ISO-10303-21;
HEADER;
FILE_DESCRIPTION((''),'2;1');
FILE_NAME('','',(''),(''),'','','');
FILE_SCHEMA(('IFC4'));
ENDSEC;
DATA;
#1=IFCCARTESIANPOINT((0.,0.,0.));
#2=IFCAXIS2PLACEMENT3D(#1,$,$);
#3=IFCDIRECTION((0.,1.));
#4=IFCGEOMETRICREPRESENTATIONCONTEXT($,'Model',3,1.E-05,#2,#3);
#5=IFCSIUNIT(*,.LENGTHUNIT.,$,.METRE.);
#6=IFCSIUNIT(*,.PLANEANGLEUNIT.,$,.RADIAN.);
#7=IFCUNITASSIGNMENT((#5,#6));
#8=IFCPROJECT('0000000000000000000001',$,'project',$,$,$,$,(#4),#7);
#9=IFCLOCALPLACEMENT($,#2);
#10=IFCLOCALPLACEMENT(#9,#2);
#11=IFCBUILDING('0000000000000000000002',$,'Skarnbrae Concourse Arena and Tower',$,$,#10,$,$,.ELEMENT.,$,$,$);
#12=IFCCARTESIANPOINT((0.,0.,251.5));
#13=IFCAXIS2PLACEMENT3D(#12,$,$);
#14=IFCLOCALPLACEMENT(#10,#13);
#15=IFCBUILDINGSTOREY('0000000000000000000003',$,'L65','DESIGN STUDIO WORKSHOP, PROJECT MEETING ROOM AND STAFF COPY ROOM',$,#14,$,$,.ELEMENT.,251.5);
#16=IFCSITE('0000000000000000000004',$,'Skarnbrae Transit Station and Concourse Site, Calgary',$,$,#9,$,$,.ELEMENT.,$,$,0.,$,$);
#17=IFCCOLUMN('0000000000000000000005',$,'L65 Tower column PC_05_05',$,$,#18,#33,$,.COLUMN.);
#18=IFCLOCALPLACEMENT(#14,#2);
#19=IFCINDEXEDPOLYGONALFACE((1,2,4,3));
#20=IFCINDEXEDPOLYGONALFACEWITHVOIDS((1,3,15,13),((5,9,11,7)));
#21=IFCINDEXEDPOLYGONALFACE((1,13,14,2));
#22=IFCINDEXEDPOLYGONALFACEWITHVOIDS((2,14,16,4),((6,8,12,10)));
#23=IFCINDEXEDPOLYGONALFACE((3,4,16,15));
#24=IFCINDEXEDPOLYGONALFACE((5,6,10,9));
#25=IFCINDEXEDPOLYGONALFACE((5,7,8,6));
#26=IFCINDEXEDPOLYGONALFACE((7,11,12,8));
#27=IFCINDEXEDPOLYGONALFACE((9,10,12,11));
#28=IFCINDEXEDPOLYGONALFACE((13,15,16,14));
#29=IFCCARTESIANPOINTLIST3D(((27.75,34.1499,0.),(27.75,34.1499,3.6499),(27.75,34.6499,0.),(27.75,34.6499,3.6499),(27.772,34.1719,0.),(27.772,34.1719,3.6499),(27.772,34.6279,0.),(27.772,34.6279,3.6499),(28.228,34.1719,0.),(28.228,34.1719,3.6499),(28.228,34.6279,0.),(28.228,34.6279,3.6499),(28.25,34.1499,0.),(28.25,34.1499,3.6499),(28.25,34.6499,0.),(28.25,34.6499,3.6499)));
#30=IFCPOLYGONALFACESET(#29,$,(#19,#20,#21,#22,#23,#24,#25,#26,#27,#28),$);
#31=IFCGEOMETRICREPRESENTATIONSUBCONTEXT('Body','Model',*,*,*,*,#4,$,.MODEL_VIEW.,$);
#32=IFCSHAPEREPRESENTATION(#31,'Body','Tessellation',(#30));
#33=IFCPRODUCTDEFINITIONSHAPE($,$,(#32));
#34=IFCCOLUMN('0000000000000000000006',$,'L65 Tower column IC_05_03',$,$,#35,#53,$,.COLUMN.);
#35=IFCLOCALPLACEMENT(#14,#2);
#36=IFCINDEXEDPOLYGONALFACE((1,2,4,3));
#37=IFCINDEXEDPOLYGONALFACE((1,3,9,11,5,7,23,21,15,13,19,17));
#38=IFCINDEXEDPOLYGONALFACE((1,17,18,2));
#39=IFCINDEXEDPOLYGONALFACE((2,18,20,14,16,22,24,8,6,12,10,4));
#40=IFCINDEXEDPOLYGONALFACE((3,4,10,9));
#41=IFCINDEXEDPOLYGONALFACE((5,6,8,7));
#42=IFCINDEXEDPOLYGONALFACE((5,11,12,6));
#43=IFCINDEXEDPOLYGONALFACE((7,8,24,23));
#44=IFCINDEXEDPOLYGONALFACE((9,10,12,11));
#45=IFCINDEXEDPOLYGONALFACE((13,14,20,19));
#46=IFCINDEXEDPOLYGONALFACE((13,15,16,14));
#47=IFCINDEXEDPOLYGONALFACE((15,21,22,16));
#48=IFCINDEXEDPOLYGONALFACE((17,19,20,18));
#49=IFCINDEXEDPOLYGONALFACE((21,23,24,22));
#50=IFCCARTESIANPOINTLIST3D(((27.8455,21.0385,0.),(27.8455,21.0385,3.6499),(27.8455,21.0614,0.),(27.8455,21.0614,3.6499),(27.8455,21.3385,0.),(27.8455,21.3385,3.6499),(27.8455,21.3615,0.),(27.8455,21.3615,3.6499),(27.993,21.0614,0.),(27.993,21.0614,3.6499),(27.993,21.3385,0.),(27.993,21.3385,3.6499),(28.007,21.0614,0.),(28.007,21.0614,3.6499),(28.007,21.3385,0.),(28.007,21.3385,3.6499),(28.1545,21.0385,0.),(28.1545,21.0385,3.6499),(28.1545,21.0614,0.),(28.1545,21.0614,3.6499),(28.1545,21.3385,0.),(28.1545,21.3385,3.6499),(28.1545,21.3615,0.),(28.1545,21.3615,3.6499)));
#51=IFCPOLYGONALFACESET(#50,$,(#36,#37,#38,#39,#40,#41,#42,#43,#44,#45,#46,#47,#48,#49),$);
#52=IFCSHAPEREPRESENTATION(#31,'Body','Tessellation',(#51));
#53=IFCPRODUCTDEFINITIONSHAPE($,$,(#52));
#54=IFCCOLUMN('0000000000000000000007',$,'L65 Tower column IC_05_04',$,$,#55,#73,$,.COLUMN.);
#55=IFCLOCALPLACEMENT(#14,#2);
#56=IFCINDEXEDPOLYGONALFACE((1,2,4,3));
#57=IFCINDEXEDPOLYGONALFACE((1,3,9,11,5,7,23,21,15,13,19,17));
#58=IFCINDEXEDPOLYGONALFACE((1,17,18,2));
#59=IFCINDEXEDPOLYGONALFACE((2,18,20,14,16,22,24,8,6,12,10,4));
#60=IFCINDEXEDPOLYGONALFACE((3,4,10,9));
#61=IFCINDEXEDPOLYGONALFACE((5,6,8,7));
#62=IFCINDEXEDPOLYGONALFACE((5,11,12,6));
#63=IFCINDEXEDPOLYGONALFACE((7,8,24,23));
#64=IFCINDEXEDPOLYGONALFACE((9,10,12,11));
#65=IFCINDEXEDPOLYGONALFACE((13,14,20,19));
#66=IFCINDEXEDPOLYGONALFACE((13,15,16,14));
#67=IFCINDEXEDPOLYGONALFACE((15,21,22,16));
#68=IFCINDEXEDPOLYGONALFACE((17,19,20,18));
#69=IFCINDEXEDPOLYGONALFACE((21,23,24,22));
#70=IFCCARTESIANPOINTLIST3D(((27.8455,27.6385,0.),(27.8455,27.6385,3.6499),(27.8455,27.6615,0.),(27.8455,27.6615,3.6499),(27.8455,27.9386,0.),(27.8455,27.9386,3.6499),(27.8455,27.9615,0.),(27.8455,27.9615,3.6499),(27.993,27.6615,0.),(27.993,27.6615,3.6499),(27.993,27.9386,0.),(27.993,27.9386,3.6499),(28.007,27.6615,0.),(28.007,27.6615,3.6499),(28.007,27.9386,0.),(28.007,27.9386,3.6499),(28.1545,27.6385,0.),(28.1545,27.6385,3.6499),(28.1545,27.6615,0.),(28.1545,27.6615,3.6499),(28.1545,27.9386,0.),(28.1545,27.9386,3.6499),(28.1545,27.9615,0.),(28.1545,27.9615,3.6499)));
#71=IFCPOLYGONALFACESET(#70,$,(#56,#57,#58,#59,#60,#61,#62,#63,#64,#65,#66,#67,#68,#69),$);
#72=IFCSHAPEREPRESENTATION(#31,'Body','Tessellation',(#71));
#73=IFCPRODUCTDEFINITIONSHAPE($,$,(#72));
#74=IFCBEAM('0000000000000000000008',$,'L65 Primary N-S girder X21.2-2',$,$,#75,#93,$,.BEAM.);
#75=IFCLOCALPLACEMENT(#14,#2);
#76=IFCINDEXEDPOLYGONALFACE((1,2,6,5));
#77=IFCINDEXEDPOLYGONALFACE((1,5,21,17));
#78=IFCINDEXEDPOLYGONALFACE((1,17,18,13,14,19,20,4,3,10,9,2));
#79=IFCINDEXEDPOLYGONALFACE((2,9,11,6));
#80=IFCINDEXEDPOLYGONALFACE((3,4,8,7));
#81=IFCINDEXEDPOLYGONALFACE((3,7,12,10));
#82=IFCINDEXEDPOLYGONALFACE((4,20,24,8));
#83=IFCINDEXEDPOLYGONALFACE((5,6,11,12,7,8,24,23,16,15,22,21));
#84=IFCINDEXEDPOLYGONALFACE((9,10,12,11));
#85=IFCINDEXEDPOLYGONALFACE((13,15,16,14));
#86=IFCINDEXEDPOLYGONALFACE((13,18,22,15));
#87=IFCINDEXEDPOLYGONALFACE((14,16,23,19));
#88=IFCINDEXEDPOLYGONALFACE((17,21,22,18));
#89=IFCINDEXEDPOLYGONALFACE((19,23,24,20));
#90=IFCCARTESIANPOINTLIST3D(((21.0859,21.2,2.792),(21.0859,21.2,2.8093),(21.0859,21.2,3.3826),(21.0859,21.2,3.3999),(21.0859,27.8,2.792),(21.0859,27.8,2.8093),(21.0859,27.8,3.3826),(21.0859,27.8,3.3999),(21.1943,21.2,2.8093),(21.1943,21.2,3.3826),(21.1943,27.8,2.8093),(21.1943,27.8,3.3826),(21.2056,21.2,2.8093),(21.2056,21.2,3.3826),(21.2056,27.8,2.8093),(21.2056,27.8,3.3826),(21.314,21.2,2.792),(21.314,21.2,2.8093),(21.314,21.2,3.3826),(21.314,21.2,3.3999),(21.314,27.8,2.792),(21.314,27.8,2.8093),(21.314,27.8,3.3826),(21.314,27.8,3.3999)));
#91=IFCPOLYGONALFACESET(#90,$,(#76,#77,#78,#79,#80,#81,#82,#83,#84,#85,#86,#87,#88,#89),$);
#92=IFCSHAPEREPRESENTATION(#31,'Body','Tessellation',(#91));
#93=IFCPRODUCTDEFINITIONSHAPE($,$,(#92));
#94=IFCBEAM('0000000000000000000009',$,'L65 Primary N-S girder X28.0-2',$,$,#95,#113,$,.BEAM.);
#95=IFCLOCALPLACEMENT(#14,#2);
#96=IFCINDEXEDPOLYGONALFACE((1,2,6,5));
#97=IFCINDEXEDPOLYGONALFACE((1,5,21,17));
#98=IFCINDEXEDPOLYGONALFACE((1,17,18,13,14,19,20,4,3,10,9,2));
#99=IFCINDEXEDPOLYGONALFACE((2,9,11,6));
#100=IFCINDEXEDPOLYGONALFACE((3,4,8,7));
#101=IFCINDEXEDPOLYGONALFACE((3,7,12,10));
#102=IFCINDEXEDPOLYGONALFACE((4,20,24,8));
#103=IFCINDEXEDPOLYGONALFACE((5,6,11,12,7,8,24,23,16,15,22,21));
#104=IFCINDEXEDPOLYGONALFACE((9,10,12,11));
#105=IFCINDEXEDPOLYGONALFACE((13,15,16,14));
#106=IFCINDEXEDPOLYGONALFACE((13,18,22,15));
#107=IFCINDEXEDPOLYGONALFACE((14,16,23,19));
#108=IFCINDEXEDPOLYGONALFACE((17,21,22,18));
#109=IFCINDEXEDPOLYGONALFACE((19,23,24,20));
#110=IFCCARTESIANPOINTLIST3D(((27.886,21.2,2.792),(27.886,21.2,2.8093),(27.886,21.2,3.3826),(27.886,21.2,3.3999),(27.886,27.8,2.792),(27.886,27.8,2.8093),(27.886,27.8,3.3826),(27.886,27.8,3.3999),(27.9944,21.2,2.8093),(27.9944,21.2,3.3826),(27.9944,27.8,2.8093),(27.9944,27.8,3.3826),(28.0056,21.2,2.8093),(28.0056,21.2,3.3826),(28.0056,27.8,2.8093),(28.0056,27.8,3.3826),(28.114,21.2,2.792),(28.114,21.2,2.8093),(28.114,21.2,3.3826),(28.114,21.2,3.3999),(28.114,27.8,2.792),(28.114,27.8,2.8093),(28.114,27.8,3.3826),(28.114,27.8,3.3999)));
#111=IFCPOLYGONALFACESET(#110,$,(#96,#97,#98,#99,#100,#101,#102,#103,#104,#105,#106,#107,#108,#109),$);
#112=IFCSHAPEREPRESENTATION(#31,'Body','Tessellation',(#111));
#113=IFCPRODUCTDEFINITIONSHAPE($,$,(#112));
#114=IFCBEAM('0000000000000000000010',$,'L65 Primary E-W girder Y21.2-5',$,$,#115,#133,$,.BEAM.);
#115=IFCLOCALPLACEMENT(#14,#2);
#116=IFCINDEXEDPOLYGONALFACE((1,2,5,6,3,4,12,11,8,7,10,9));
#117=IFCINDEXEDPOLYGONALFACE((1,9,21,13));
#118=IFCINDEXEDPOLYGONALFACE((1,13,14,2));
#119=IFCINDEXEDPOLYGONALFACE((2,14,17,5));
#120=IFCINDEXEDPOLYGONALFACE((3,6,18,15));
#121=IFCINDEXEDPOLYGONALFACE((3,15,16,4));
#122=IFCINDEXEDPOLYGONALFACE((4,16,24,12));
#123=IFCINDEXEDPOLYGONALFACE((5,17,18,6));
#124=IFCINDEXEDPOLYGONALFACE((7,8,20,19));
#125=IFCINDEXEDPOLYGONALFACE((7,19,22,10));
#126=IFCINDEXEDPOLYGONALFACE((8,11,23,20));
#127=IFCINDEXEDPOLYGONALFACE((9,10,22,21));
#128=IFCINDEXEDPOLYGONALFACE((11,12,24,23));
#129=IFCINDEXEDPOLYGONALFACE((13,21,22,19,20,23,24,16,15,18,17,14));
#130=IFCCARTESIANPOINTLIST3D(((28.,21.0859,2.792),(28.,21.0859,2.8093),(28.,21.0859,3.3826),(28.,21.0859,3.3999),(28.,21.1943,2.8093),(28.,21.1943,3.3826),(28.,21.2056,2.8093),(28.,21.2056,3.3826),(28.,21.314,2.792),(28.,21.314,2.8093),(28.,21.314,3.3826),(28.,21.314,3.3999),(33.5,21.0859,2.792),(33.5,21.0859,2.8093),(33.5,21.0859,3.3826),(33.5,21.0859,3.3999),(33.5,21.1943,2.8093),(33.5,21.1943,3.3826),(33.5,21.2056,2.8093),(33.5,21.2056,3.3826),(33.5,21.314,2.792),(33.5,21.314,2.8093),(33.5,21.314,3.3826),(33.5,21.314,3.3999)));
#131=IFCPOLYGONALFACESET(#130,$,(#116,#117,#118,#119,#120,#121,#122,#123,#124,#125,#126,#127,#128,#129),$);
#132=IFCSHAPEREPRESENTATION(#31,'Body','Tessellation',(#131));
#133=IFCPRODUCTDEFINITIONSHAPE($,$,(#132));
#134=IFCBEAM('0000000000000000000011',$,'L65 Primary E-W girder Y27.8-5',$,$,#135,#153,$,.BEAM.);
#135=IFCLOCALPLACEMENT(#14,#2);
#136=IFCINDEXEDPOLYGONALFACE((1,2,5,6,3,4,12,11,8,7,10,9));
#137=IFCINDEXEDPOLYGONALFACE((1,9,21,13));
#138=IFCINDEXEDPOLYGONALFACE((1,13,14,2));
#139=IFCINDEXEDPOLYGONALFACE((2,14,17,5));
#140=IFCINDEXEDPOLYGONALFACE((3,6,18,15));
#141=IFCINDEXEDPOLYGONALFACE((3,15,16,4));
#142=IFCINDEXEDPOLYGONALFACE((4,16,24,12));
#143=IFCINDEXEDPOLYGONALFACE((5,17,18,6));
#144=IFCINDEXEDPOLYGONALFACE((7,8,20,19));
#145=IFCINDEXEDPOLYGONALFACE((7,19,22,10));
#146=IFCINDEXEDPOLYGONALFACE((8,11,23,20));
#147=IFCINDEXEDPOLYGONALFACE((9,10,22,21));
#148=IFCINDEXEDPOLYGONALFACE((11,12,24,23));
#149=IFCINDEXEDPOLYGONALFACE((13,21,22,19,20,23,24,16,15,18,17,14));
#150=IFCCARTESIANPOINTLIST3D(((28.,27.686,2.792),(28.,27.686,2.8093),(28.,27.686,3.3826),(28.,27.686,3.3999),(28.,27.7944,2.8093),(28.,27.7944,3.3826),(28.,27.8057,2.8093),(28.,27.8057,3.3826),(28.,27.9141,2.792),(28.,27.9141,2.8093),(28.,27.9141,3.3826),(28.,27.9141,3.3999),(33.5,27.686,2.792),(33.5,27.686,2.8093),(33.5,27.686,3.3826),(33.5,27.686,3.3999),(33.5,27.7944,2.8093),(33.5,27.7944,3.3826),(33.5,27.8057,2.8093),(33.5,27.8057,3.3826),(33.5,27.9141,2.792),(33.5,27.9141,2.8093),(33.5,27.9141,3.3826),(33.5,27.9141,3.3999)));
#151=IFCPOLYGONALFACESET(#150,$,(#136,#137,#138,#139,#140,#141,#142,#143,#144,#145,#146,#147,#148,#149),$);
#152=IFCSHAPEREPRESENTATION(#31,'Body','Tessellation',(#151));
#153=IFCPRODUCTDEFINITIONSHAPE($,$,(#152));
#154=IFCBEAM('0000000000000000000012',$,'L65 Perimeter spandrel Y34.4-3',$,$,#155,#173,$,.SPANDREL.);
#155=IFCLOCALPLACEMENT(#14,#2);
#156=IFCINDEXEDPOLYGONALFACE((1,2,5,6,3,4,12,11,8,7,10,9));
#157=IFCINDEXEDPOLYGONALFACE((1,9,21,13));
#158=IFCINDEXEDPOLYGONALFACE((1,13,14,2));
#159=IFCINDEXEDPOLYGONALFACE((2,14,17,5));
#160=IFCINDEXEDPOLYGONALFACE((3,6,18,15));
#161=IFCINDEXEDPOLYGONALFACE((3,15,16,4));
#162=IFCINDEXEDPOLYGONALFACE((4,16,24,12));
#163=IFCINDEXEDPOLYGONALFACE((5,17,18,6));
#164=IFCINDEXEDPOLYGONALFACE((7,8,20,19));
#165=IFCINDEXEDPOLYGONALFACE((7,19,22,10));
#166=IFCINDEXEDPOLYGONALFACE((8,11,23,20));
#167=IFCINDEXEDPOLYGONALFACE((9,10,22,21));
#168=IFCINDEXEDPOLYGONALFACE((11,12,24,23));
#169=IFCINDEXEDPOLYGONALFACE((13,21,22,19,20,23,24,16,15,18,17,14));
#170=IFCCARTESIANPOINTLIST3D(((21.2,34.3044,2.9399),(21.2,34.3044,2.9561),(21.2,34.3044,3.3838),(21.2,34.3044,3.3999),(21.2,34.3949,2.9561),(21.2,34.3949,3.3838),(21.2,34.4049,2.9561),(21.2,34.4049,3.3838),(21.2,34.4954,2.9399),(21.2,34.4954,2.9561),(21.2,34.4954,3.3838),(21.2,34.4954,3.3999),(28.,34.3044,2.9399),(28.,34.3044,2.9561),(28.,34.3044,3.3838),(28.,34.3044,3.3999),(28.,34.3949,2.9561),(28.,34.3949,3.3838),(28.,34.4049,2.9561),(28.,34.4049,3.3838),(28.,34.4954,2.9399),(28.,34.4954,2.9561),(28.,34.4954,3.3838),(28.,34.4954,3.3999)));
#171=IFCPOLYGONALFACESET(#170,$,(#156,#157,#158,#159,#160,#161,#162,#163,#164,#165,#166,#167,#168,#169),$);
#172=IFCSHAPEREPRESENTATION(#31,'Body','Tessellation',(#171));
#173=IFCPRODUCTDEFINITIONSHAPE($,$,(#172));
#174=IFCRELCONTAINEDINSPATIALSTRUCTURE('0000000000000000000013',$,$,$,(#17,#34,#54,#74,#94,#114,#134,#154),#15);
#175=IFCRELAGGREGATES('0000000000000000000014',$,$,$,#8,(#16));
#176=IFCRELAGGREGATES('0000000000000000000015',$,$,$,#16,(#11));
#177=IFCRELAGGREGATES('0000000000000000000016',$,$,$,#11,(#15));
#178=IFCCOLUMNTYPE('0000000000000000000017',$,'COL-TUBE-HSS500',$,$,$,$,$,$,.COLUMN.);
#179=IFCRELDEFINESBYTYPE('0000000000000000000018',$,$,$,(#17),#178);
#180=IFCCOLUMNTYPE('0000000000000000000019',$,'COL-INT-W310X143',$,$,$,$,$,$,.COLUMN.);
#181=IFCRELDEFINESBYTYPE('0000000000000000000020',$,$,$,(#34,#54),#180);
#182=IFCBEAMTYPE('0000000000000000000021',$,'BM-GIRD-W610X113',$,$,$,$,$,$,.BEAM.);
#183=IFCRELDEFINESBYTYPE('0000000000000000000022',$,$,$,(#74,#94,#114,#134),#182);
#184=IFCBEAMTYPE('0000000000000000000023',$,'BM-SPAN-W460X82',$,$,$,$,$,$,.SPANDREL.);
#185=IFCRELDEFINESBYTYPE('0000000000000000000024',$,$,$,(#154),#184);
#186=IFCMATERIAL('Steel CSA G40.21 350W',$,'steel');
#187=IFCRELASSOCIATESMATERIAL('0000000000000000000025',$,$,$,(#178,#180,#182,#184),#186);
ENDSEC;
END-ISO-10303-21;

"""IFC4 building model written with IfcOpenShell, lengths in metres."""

from ifc_helpers import new_model, si_unit, direction, frame, origin, origin_2d, place, context, subcontext, project, spatial, hollow_rectangle, i_section, extrude, source, transform, mapped, material, material_profile, profile_set, type_object, element, save


model = new_model("IFC4")

# Units and contexts
model_context = context("Model", 3, precision=1e-05, world=origin(), true_north=direction((0.0, 1.0)))
body_context = subcontext(model_context, "Body", "Model", "MODEL_VIEW")
ifc_project = project(units=[si_unit("LENGTHUNIT", "METRE"), si_unit("PLANEANGLEUNIT", "RADIAN")], contexts=[model_context])

# Site, building, storey
site_placement = place(None, origin())
site = spatial("IfcSite", under=ifc_project, at=site_placement, Name="Skarnbrae Transit Station and Concourse Site, Calgary", CompositionType="ELEMENT", RefElevation=0.0)
building_placement = place(site_placement, origin())
building = spatial("IfcBuilding", under=site, at=building_placement, Name="Skarnbrae Concourse Arena and Tower", CompositionType="ELEMENT")
storey_placement = place(building_placement, frame((0.0, 0.0, 251.5)))
storey = spatial("IfcBuildingStorey", under=building, at=storey_placement, Name="L65", Description="DESIGN STUDIO WORKSHOP, PROJECT MEETING ROOM AND STAFF COPY ROOM", CompositionType="ELEMENT", Elevation=251.5)

# Columns
ifc_material_1 = material(Name="Steel CSA G40.21 350W", Category="steel")
ifc_material_profile_1 = material_profile(ifc_material_1, hollow_rectangle(XDim=0.5, YDim=0.5, WallThickness=0.022, at=origin_2d()), Name="HSS500X500X22.0")
ifc_profile_set_1 = profile_set([ifc_material_profile_1], Name="Steel CSA G40.21 350W")
column_type_1 = type_object("IfcColumnType", Name="COL-TUBE-HSS500", PredefinedType="COLUMN", material=ifc_profile_set_1)
shared_shape_1 = source(origin(), body_context, "Body", "SweptSolid", [
    extrude(hollow_rectangle(XDim=0.5, YDim=0.5, WallThickness=0.022, at=origin_2d()), origin(), (0.0, 0.0, 1.0), 3.6499),
])
column_placement = place(storey_placement, frame((28.0, 34.3999, 0.0), z_axis=(0.0, 0.0, 1.0), x_axis=(1.0, 0.0, 0.0)))
element("IfcColumn", 1, at=column_placement, inside=storey, type_object=column_type_1, Name="L65 Tower column PC_05_05", PredefinedType="COLUMN", context=body_context, shape_type="MappedRepresentation", body=[
    mapped(shared_shape_1, transform((0.0, 0.0, 0.0))),
])
ifc_material_profile_2 = material_profile(ifc_material_1, i_section(OverallWidth=0.3091, OverallDepth=0.323, WebThickness=0.0139, FlangeThickness=0.0229, at=origin_2d()), Name="W310X143")
ifc_profile_set_2 = profile_set([ifc_material_profile_2], Name="Steel CSA G40.21 350W")
column_type_2 = type_object("IfcColumnType", Name="COL-INT-W310X143", PredefinedType="COLUMN", material=ifc_profile_set_2)
shared_shape_2 = source(origin(), body_context, "Body", "SweptSolid", [
    extrude(i_section(OverallWidth=0.3091, OverallDepth=0.323, WebThickness=0.0139, FlangeThickness=0.0229, at=origin_2d()), origin(), (0.0, 0.0, 1.0), 3.6499),
])
for number, where, z_axis, x_axis, name in (
    (2, (28.0, 21.2, 0.0), (0.0, 0.0, 1.0), (1.0, 0.0, 0.0), "L65 Tower column IC_05_03"),
    (3, (28.0, 27.8, 0.0), (0.0, 0.0, 1.0), (1.0, 0.0, 0.0), "L65 Tower column IC_05_04"),
):
    element("IfcColumn", number, at=place(storey_placement, frame(where, z_axis=z_axis, x_axis=x_axis)), inside=storey, type_object=column_type_2, Name=name, PredefinedType="COLUMN", context=body_context, shape_type="MappedRepresentation", body=[
        mapped(shared_shape_2, transform((0.0, 0.0, 0.0))),
    ])

# Beams
ifc_material_profile_3 = material_profile(ifc_material_1, i_section(OverallWidth=0.228, OverallDepth=0.6079, WebThickness=0.0112, FlangeThickness=0.0173, at=origin_2d()), Name="W610X113")
ifc_profile_set_3 = profile_set([ifc_material_profile_3], Name="Steel CSA G40.21 350W")
beam_type_1 = type_object("IfcBeamType", Name="BM-GIRD-W610X113", PredefinedType="BEAM", material=ifc_profile_set_3)
shared_shape_3 = source(origin(), body_context, "Body", "SweptSolid", [
    extrude(i_section(OverallWidth=0.228, OverallDepth=0.6079, WebThickness=0.0112, FlangeThickness=0.0173, at=origin_2d()), origin(), (0.0, 0.0, 1.0), 6.6001),
])
for number, where, z_axis, x_axis, name in (
    (4, (21.2, 21.2, 3.0959), (0.0, 1.0, 0.0), (-1.0, 0.0, 0.0), "L65 Primary N-S girder X21.2-2"),
    (5, (28.0, 21.2, 3.0959), (0.0, 1.0, 0.0), (-1.0, 0.0, 0.0), "L65 Primary N-S girder X28.0-2"),
):
    element("IfcBeam", number, at=place(storey_placement, frame(where, z_axis=z_axis, x_axis=x_axis)), inside=storey, type_object=beam_type_1, Name=name, PredefinedType="BEAM", context=body_context, shape_type="MappedRepresentation", body=[
        mapped(shared_shape_3, transform((0.0, 0.0, 0.0))),
    ])
shared_shape_4 = source(origin(), body_context, "Body", "SweptSolid", [
    extrude(i_section(OverallWidth=0.228, OverallDepth=0.6079, WebThickness=0.0112, FlangeThickness=0.0173, at=origin_2d()), origin(), (0.0, 0.0, 1.0), 5.5),
])
for number, where, z_axis, x_axis, name in (
    (6, (28.0, 21.2, 3.0959), (1.0, 0.0, 0.0), (0.0, 1.0, 0.0), "L65 Primary E-W girder Y21.2-5"),
    (7, (28.0, 27.8, 3.0959), (1.0, 0.0, 0.0), (0.0, 1.0, 0.0), "L65 Primary E-W girder Y27.8-5"),
):
    element("IfcBeam", number, at=place(storey_placement, frame(where, z_axis=z_axis, x_axis=x_axis)), inside=storey, type_object=beam_type_1, Name=name, PredefinedType="BEAM", context=body_context, shape_type="MappedRepresentation", body=[
        mapped(shared_shape_4, transform((0.0, 0.0, 0.0))),
    ])
ifc_material_profile_4 = material_profile(ifc_material_1, i_section(OverallWidth=0.1909, OverallDepth=0.46, WebThickness=0.01, FlangeThickness=0.0161, at=origin_2d()), Name="W460X82")
ifc_profile_set_4 = profile_set([ifc_material_profile_4], Name="Steel CSA G40.21 350W")
beam_type_2 = type_object("IfcBeamType", Name="BM-SPAN-W460X82", PredefinedType="SPANDREL", material=ifc_profile_set_4)
shared_shape_5 = source(origin(), body_context, "Body", "SweptSolid", [
    extrude(i_section(OverallWidth=0.1909, OverallDepth=0.46, WebThickness=0.01, FlangeThickness=0.0161, at=origin_2d()), origin(), (0.0, 0.0, 1.0), 6.8),
])
beam_1_placement = place(storey_placement, frame((21.2, 34.3999, 3.1699), z_axis=(1.0, 0.0, 0.0), x_axis=(0.0, 1.0, 0.0)))
element("IfcBeam", 8, at=beam_1_placement, inside=storey, type_object=beam_type_2, Name="L65 Perimeter spandrel Y34.4-3", PredefinedType="SPANDREL", context=body_context, shape_type="MappedRepresentation", body=[
    mapped(shared_shape_5, transform((0.0, 0.0, 0.0))),
])

save(model, "model.ifc")
